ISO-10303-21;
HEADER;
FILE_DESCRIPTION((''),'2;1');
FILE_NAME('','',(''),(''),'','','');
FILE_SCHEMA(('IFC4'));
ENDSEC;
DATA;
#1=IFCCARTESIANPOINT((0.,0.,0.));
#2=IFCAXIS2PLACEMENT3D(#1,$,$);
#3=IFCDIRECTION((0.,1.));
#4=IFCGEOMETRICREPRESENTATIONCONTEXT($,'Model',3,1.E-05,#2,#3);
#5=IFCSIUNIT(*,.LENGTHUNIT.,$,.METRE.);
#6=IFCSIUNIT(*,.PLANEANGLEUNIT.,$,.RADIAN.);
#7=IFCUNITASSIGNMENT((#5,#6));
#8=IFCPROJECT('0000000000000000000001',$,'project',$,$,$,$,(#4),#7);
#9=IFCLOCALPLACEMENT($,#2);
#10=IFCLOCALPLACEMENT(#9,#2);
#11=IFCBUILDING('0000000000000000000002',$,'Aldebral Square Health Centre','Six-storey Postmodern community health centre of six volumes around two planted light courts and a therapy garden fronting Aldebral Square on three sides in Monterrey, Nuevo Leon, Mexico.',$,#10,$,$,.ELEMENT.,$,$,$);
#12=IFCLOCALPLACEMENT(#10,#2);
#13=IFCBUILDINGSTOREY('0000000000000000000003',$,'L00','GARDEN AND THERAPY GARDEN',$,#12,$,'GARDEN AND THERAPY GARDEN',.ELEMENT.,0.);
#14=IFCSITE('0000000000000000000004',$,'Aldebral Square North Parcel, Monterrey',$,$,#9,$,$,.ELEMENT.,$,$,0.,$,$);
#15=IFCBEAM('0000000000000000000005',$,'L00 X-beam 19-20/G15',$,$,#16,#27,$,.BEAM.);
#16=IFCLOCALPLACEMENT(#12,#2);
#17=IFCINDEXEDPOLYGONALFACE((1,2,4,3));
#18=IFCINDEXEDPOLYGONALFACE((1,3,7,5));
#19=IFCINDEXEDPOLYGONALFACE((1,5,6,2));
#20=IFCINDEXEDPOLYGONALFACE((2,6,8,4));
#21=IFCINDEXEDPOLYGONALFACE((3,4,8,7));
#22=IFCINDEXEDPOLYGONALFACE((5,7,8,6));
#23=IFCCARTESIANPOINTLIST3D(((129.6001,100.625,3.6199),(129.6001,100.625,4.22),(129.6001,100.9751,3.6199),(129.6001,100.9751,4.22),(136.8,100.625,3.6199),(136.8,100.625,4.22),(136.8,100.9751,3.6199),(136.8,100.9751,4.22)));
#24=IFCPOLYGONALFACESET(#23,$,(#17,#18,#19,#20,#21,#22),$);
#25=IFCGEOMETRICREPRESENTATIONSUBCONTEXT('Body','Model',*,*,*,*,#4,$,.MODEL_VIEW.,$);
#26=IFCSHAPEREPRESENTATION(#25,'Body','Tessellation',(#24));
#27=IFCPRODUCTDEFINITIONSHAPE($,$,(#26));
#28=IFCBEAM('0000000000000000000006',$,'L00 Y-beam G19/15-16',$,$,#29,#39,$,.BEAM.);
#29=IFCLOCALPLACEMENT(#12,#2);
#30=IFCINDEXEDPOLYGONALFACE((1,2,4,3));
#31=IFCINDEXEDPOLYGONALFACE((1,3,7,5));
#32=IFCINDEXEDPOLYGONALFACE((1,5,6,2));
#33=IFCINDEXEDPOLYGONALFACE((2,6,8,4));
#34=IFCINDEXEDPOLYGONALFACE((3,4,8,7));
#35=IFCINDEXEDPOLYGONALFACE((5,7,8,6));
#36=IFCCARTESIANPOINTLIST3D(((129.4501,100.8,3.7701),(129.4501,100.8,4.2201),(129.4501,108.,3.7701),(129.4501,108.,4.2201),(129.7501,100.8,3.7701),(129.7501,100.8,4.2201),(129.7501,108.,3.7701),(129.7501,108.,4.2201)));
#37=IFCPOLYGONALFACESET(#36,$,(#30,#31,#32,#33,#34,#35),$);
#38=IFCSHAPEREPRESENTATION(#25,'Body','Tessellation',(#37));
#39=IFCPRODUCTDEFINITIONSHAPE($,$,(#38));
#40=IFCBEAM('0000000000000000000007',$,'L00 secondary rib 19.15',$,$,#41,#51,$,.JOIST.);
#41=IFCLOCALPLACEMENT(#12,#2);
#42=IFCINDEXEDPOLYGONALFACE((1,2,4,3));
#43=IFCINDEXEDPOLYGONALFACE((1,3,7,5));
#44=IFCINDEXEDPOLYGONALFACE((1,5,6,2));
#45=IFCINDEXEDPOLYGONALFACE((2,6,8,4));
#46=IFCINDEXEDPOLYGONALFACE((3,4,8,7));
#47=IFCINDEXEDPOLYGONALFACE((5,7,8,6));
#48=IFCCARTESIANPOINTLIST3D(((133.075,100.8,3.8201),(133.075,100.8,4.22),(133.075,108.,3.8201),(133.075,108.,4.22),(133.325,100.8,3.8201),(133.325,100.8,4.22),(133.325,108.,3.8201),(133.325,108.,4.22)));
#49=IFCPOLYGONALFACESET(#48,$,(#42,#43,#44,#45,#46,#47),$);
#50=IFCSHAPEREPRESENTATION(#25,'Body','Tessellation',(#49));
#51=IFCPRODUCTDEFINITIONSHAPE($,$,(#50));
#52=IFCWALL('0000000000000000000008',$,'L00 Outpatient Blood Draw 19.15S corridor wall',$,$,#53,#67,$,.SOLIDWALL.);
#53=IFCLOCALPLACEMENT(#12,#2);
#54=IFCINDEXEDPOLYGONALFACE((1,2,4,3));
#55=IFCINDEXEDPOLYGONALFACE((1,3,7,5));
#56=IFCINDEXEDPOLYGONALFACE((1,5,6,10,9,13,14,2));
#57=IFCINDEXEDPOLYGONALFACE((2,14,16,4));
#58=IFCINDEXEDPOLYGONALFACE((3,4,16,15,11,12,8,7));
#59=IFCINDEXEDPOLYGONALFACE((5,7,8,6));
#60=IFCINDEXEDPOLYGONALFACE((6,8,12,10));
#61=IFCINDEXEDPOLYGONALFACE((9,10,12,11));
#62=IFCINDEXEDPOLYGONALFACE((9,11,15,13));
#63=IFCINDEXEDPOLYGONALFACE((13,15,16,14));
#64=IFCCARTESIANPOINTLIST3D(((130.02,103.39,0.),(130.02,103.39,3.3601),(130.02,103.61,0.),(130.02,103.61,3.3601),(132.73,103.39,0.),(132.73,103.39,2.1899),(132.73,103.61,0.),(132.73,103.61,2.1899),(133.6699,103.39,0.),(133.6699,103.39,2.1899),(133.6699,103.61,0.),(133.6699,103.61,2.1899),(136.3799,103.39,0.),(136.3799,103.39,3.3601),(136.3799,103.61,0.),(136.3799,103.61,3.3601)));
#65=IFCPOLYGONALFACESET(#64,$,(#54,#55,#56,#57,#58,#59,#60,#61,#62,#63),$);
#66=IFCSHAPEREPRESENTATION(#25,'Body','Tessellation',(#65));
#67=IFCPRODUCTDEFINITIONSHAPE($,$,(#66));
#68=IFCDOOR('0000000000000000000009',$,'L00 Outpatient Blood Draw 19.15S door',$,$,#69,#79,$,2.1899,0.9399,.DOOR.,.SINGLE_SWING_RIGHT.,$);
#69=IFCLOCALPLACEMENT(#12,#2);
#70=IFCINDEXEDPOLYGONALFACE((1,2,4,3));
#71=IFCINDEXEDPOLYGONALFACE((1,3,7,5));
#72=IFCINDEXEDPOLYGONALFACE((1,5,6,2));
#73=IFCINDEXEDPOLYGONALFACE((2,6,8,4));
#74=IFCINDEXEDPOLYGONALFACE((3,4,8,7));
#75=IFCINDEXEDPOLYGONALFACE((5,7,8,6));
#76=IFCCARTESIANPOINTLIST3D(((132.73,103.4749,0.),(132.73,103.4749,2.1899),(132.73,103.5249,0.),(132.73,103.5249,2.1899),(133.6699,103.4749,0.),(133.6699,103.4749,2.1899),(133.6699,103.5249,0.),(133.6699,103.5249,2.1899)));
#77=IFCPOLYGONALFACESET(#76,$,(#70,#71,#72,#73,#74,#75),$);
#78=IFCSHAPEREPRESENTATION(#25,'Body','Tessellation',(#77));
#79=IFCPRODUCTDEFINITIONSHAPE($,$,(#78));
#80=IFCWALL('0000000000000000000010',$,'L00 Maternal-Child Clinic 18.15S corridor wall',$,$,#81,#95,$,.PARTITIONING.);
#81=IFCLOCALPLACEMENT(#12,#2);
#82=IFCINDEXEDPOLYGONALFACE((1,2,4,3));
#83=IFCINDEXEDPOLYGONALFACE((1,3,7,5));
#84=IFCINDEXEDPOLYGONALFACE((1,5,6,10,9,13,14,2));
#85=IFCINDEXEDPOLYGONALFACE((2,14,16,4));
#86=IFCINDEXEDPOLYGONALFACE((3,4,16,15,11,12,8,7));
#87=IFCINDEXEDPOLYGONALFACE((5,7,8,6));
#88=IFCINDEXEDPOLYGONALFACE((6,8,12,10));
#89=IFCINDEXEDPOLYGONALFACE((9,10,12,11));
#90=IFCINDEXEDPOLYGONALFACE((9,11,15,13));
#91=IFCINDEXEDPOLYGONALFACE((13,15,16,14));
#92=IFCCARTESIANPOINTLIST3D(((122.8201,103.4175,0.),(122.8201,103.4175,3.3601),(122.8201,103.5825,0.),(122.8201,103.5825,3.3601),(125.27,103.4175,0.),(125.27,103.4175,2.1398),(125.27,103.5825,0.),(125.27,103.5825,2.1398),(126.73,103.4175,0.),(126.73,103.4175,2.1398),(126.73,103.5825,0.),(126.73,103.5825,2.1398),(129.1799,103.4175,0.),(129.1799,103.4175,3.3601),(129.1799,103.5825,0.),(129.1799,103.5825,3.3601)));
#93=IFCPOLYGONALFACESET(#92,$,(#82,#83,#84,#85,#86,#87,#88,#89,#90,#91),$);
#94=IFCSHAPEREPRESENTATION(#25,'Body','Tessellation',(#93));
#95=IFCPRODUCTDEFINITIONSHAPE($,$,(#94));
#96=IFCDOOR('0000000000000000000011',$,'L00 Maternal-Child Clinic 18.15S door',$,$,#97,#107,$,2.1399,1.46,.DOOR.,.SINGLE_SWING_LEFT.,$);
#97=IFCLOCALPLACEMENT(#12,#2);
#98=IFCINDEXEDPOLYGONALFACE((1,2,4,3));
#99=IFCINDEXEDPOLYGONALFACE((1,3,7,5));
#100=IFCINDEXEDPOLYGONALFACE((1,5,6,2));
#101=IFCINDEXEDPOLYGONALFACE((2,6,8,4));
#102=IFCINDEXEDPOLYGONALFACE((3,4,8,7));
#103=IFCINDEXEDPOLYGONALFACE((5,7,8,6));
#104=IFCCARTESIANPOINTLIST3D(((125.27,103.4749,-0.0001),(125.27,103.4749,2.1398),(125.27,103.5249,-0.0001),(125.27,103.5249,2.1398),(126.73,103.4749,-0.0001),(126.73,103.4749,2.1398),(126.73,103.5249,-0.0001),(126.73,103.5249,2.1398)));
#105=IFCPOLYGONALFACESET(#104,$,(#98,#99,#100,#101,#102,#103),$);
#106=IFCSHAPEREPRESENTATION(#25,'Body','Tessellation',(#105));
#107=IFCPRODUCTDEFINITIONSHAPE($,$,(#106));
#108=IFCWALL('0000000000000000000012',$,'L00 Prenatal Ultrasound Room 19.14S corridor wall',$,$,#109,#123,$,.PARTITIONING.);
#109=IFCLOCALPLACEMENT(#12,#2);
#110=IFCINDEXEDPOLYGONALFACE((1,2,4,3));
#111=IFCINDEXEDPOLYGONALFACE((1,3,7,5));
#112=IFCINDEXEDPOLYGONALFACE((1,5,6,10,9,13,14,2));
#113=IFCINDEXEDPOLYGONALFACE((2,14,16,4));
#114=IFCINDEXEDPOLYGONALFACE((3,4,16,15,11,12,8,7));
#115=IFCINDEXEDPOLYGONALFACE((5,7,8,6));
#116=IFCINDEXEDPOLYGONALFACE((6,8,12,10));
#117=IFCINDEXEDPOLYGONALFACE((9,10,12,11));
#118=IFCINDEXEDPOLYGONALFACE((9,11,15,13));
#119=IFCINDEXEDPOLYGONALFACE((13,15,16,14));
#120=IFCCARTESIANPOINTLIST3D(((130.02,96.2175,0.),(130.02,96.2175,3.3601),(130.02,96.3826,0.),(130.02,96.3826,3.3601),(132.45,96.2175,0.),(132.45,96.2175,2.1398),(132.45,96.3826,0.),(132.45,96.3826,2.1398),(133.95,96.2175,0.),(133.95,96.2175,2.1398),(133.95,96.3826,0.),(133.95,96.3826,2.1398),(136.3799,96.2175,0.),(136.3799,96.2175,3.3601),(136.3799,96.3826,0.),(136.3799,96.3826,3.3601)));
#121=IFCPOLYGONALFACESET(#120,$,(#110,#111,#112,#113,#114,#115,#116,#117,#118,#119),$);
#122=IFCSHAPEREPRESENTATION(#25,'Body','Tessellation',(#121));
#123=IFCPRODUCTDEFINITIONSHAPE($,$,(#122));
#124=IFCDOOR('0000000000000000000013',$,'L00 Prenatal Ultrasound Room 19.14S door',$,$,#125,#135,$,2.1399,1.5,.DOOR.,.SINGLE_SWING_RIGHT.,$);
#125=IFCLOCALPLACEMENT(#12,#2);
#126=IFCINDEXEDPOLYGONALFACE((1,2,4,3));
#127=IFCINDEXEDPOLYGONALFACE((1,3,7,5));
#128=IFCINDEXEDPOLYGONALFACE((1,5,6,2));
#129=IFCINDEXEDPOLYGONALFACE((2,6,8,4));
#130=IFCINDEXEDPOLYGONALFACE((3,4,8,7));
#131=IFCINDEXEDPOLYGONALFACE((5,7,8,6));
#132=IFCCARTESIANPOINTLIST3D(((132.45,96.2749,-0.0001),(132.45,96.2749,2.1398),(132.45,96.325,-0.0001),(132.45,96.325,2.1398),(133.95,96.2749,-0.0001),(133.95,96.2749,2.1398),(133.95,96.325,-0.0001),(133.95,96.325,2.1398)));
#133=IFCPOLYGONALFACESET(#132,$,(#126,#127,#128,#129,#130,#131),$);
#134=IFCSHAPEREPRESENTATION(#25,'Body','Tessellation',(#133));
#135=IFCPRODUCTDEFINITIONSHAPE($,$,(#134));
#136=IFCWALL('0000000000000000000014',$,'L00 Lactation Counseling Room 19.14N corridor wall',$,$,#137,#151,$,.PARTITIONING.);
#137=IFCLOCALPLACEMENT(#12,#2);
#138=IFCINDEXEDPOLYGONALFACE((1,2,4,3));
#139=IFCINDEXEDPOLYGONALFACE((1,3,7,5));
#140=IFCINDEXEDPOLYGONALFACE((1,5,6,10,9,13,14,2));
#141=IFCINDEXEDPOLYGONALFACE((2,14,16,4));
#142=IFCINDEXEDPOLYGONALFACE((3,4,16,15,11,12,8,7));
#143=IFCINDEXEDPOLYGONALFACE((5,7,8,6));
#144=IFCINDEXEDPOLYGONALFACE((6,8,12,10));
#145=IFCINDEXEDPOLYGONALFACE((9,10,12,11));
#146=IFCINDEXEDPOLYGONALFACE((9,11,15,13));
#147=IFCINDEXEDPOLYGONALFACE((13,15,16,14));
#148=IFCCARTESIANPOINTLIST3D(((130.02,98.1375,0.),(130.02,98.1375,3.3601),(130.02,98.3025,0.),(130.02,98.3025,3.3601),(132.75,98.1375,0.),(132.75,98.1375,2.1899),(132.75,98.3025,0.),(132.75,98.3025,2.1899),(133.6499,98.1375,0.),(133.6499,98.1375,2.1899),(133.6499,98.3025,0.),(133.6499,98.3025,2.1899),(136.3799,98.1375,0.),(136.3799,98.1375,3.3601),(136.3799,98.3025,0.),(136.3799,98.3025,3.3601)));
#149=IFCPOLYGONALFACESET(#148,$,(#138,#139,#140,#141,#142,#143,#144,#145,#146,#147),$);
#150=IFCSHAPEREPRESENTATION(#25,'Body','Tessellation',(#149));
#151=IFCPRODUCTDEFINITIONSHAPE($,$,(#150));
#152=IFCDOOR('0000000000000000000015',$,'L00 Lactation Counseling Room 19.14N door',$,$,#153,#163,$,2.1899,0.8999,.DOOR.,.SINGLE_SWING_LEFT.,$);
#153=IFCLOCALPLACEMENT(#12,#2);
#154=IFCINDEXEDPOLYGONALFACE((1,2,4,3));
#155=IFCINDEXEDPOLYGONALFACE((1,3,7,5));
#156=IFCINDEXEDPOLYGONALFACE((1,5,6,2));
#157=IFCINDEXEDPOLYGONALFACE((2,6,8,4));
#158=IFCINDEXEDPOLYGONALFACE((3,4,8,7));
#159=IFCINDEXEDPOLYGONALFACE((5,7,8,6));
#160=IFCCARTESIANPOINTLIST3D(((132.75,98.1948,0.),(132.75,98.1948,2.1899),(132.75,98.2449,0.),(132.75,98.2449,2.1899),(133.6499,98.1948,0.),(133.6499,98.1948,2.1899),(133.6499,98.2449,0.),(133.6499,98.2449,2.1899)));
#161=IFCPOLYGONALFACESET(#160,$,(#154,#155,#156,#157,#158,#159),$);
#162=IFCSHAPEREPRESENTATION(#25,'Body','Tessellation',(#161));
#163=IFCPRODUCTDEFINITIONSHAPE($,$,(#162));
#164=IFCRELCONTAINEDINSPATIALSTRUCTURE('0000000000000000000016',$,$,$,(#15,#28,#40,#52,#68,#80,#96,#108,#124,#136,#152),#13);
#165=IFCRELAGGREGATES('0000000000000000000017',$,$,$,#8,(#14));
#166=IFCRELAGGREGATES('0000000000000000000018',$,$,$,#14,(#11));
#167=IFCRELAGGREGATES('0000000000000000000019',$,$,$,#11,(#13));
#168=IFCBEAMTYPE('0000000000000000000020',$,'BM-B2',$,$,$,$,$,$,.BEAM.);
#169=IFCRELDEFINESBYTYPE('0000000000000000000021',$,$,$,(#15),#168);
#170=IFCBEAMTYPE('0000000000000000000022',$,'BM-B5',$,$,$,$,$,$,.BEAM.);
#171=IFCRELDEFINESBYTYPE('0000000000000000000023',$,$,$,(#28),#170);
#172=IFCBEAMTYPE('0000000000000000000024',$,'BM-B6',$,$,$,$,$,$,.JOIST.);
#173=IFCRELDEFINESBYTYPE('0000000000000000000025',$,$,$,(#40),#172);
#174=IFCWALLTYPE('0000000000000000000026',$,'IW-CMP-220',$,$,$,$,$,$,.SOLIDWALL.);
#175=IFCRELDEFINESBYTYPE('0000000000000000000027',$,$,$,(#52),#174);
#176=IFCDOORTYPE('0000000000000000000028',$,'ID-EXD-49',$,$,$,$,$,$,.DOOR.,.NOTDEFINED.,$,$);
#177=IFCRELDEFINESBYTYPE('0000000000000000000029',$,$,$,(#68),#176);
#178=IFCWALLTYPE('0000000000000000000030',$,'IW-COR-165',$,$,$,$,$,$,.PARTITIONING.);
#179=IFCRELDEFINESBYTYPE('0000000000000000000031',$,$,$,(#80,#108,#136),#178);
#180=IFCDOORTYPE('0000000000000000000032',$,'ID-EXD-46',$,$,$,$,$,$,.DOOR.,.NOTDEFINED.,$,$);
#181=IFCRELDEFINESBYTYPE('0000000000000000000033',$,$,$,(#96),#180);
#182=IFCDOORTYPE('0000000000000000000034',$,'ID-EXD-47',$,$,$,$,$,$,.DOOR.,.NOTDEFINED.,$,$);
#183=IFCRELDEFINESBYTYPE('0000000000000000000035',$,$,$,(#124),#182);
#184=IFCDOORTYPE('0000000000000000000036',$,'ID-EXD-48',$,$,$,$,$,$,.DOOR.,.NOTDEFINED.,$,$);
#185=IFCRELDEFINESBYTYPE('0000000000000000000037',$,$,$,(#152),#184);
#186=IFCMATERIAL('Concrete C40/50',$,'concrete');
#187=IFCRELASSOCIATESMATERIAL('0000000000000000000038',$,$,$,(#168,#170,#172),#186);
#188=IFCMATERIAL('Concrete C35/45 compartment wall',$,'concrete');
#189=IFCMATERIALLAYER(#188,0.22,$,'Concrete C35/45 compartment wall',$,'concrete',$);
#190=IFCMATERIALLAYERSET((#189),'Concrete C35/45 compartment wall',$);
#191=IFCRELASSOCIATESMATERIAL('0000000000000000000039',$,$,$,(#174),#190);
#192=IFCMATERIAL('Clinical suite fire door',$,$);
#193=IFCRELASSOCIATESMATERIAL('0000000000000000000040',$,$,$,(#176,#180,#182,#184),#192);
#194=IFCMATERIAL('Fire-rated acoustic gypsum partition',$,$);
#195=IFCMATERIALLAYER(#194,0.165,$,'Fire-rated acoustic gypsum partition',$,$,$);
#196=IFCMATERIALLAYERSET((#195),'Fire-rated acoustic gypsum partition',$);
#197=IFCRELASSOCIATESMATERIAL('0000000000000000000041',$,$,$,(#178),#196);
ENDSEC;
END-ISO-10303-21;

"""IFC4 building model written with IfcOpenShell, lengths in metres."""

from ifc_helpers import new_model, si_unit, direction, frame, frame_2d, origin, origin_2d, place, context, subcontext, project, spatial, rectangle, extrude, material, layer, layer_set, material_profile, profile_set, type_object, element, fill, save


model = new_model("IFC4")

# Units and contexts
model_context = context("Model", 3, precision=1e-05, world=origin(), true_north=direction((0.0, 1.0)))
body_context = subcontext(model_context, "Body", "Model", "MODEL_VIEW")
ifc_project = project(units=[si_unit("LENGTHUNIT", "METRE"), si_unit("PLANEANGLEUNIT", "RADIAN")], contexts=[model_context])

# Site, building, storey
site_placement = place(None, origin())
site = spatial("IfcSite", under=ifc_project, at=site_placement, Name="Aldebral Square North Parcel, Monterrey", CompositionType="ELEMENT", RefElevation=0.0)
building_placement = place(site_placement, origin())
building = spatial("IfcBuilding", under=site, at=building_placement, Name="Aldebral Square Health Centre", Description="Six-storey Postmodern community health centre of six volumes around two planted light courts and a therapy garden fronting Aldebral Square on three sides in Monterrey, Nuevo Leon, Mexico.", CompositionType="ELEMENT")
storey_placement = place(building_placement, origin())
storey = spatial("IfcBuildingStorey", under=building, at=storey_placement, Name="L00", Description="GARDEN AND THERAPY GARDEN", LongName="GARDEN AND THERAPY GARDEN", CompositionType="ELEMENT", Elevation=0.0)

# Shared definitions
ifc_material_1 = material(Name="Concrete C40/50", Category="concrete")

# Beams
ifc_material_profile_1 = material_profile(ifc_material_1, rectangle(XDim=0.3501, YDim=0.6001, at=origin_2d()), Name="RC 350x600")
ifc_profile_set_1 = profile_set([ifc_material_profile_1], Name="Concrete C40/50")
beam_type_1 = type_object("IfcBeamType", Name="BM-B2", PredefinedType="BEAM", material=ifc_profile_set_1)
beam_1_placement = place(storey_placement, frame((129.6001, 100.8, 3.9199), z_axis=(1.0, 0.0, 0.0), x_axis=(0.0, 1.0, 0.0)))
element("IfcBeam", 1, at=beam_1_placement, inside=storey, type_object=beam_type_1, Name="L00 X-beam 19-20/G15", PredefinedType="BEAM", context=body_context, shape_type="SweptSolid", body=[
    extrude(rectangle(XDim=0.3501, YDim=0.6001, at=origin_2d()), origin(), (0.0, 0.0, 1.0), 7.2),
])
ifc_material_profile_2 = material_profile(ifc_material_1, rectangle(XDim=0.3, YDim=0.45, at=origin_2d()), Name="RC 300x450")
ifc_profile_set_2 = profile_set([ifc_material_profile_2], Name="Concrete C40/50")
beam_type_2 = type_object("IfcBeamType", Name="BM-B5", PredefinedType="BEAM", material=ifc_profile_set_2)
beam_2_placement = place(storey_placement, frame((129.6001, 100.8, 3.9951), z_axis=(0.0, 1.0, 0.0), x_axis=(-1.0, 0.0, 0.0)))
element("IfcBeam", 2, at=beam_2_placement, inside=storey, type_object=beam_type_2, Name="L00 Y-beam G19/15-16", PredefinedType="BEAM", context=body_context, shape_type="SweptSolid", body=[
    extrude(rectangle(XDim=0.3, YDim=0.45, at=origin_2d()), origin(), (0.0, 0.0, 1.0), 7.2),
])
ifc_material_profile_3 = material_profile(ifc_material_1, rectangle(XDim=0.25, YDim=0.3999, at=origin_2d()), Name="RC 250x400")
ifc_profile_set_3 = profile_set([ifc_material_profile_3], Name="Concrete C40/50")
beam_type_3 = type_object("IfcBeamType", Name="BM-B6", PredefinedType="JOIST", material=ifc_profile_set_3)
beam_3_placement = place(storey_placement, frame((133.2, 100.8, 4.02), z_axis=(0.0, 1.0, 0.0), x_axis=(-1.0, 0.0, 0.0)))
element("IfcBeam", 3, at=beam_3_placement, inside=storey, type_object=beam_type_3, Name="L00 secondary rib 19.15", PredefinedType="JOIST", context=body_context, shape_type="SweptSolid", body=[
    extrude(rectangle(XDim=0.25, YDim=0.3999, at=origin_2d()), origin(), (0.0, 0.0, 1.0), 7.2),
])

# Walls, openings, doors
ifc_material_2 = material(Name="Concrete C35/45 compartment wall", Category="concrete")
ifc_layer_1 = layer(ifc_material_2, 0.22, Name="Concrete C35/45 compartment wall", Category="concrete")
ifc_layer_set_1 = layer_set([ifc_layer_1], Name="Concrete C35/45 compartment wall")
wall_type_1 = type_object("IfcWallType", Name="IW-CMP-220", PredefinedType="SOLIDWALL", material=ifc_layer_set_1)
wall_1_placement = place(storey_placement, frame((130.02, 103.5, 0.0), z_axis=(0.0, 0.0, 1.0), x_axis=(1.0, 0.0, 0.0)))
wall_1 = element("IfcWall", 4, at=wall_1_placement, inside=storey, type_object=wall_type_1, Name="L00 Outpatient Blood Draw 19.15S corridor wall", PredefinedType="SOLIDWALL", context=body_context, shape_type="SweptSolid", body=[
    extrude(rectangle(XDim=6.3599, YDim=0.22, at=frame_2d((3.1799, 0.0))), origin(), (0.0, 0.0, 1.0), 3.3601),
])
opening_1_placement = place(wall_1_placement, frame((2.71, 0.0, 0.0)))
opening_1 = element("IfcOpeningElement", 5, at=opening_1_placement, cuts=wall_1, PredefinedType="OPENING", context=body_context, shape_type="SweptSolid", body=[
    extrude(rectangle(XDim=0.9399, YDim=2.1899, at=frame_2d((0.47, 1.095))), frame((0.0, 0.1201, 0.0), z_axis=(0.0, -1.0, 0.0), x_axis=(1.0, 0.0, 0.0)), (0.0, 0.0, 1.0), 0.24),
])
ifc_material_3 = material(Name="Clinical suite fire door")
door_type_1 = type_object("IfcDoorType", Name="ID-EXD-49", OperationType="NOTDEFINED", PredefinedType="DOOR", material=ifc_material_3)
door_1_placement = place(opening_1_placement, origin())
door_1 = element("IfcDoor", 6, at=door_1_placement, inside=storey, type_object=door_type_1, Name="L00 Outpatient Blood Draw 19.15S door", OperationType="SINGLE_SWING_RIGHT", OverallHeight=2.1899, OverallWidth=0.9399, PredefinedType="DOOR", context=body_context, shape_type="SweptSolid", body=[
    extrude(rectangle(XDim=0.9399, YDim=2.1899, at=frame_2d((0.47, 1.095))), frame((0.0, 0.0249, 0.0), z_axis=(0.0, -1.0, 0.0), x_axis=(1.0, 0.0, 0.0)), (0.0, 0.0, 1.0), 0.05),
])
fill(opening_1, door_1)
ifc_material_4 = material(Name="Fire-rated acoustic gypsum partition")
ifc_layer_2 = layer(ifc_material_4, 0.165, Name="Fire-rated acoustic gypsum partition")
ifc_layer_set_2 = layer_set([ifc_layer_2], Name="Fire-rated acoustic gypsum partition")
wall_type_2 = type_object("IfcWallType", Name="IW-COR-165", PredefinedType="PARTITIONING", material=ifc_layer_set_2)
wall_2_placement = place(storey_placement, frame((122.8201, 103.5, 0.0), z_axis=(0.0, 0.0, 1.0), x_axis=(1.0, 0.0, 0.0)))
wall_2 = element("IfcWall", 7, at=wall_2_placement, inside=storey, type_object=wall_type_2, Name="L00 Maternal-Child Clinic 18.15S corridor wall", PredefinedType="PARTITIONING", context=body_context, shape_type="SweptSolid", body=[
    extrude(rectangle(XDim=6.3599, YDim=0.165, at=frame_2d((3.1799, 0.0))), origin(), (0.0, 0.0, 1.0), 3.3601),
])
opening_2_placement = place(wall_2_placement, frame((2.45, 0.0, 0.0)))
opening_2 = element("IfcOpeningElement", 8, at=opening_2_placement, cuts=wall_2, PredefinedType="OPENING", context=body_context, shape_type="SweptSolid", body=[
    extrude(rectangle(XDim=1.46, YDim=2.1399, at=frame_2d((0.73, 1.0698))), frame((0.0, 0.0925, 0.0), z_axis=(0.0, -1.0, 0.0), x_axis=(1.0, 0.0, 0.0)), (0.0, 0.0, 1.0), 0.1851),
])
door_type_2 = type_object("IfcDoorType", Name="ID-EXD-46", OperationType="NOTDEFINED", PredefinedType="DOOR", material=ifc_material_3)
door_2_placement = place(opening_2_placement, origin())
door_2 = element("IfcDoor", 9, at=door_2_placement, inside=storey, type_object=door_type_2, Name="L00 Maternal-Child Clinic 18.15S door", OperationType="SINGLE_SWING_LEFT", OverallHeight=2.1399, OverallWidth=1.46, PredefinedType="DOOR", context=body_context, shape_type="SweptSolid", body=[
    extrude(rectangle(XDim=1.46, YDim=2.1399, at=frame_2d((0.73, 1.0698))), frame((0.0, 0.0249, 0.0), z_axis=(0.0, -1.0, 0.0), x_axis=(1.0, 0.0, 0.0)), (0.0, 0.0, 1.0), 0.05),
])
fill(opening_2, door_2)
wall_3_placement = place(storey_placement, frame((130.02, 96.3, 0.0), z_axis=(0.0, 0.0, 1.0), x_axis=(1.0, 0.0, 0.0)))
wall_3 = element("IfcWall", 10, at=wall_3_placement, inside=storey, type_object=wall_type_2, Name="L00 Prenatal Ultrasound Room 19.14S corridor wall", PredefinedType="PARTITIONING", context=body_context, shape_type="SweptSolid", body=[
    extrude(rectangle(XDim=6.3599, YDim=0.165, at=frame_2d((3.1799, 0.0))), origin(), (0.0, 0.0, 1.0), 3.3601),
])
opening_3_placement = place(wall_3_placement, frame((2.4299, 0.0, 0.0)))
opening_3 = element("IfcOpeningElement", 11, at=opening_3_placement, cuts=wall_3, PredefinedType="OPENING", context=body_context, shape_type="SweptSolid", body=[
    extrude(rectangle(XDim=1.5, YDim=2.1399, at=frame_2d((0.75, 1.0698))), frame((0.0, 0.0925, 0.0), z_axis=(0.0, -1.0, 0.0), x_axis=(1.0, 0.0, 0.0)), (0.0, 0.0, 1.0), 0.1851),
])
door_type_3 = type_object("IfcDoorType", Name="ID-EXD-47", OperationType="NOTDEFINED", PredefinedType="DOOR", material=ifc_material_3)
door_3_placement = place(opening_3_placement, origin())
door_3 = element("IfcDoor", 12, at=door_3_placement, inside=storey, type_object=door_type_3, Name="L00 Prenatal Ultrasound Room 19.14S door", OperationType="SINGLE_SWING_RIGHT", OverallHeight=2.1399, OverallWidth=1.5, PredefinedType="DOOR", context=body_context, shape_type="SweptSolid", body=[
    extrude(rectangle(XDim=1.5, YDim=2.1399, at=frame_2d((0.75, 1.0698))), frame((0.0, 0.0249, 0.0), z_axis=(0.0, -1.0, 0.0), x_axis=(1.0, 0.0, 0.0)), (0.0, 0.0, 1.0), 0.05),
])
fill(opening_3, door_3)
wall_4_placement = place(storey_placement, frame((130.02, 98.22, 0.0), z_axis=(0.0, 0.0, 1.0), x_axis=(1.0, 0.0, 0.0)))
wall_4 = element("IfcWall", 13, at=wall_4_placement, inside=storey, type_object=wall_type_2, Name="L00 Lactation Counseling Room 19.14N corridor wall", PredefinedType="PARTITIONING", context=body_context, shape_type="SweptSolid", body=[
    extrude(rectangle(XDim=6.3599, YDim=0.165, at=frame_2d((3.1799, 0.0))), origin(), (0.0, 0.0, 1.0), 3.3601),
])
opening_4_placement = place(wall_4_placement, frame((2.73, 0.0, 0.0)))
opening_4 = element("IfcOpeningElement", 14, at=opening_4_placement, cuts=wall_4, PredefinedType="OPENING", context=body_context, shape_type="SweptSolid", body=[
    extrude(rectangle(XDim=0.8999, YDim=2.1899, at=frame_2d((0.45, 1.095))), frame((0.0, 0.0925, 0.0), z_axis=(0.0, -1.0, 0.0), x_axis=(1.0, 0.0, 0.0)), (0.0, 0.0, 1.0), 0.1851),
])
door_type_4 = type_object("IfcDoorType", Name="ID-EXD-48", OperationType="NOTDEFINED", PredefinedType="DOOR", material=ifc_material_3)
door_4_placement = place(opening_4_placement, origin())
door_4 = element("IfcDoor", 15, at=door_4_placement, inside=storey, type_object=door_type_4, Name="L00 Lactation Counseling Room 19.14N door", OperationType="SINGLE_SWING_LEFT", OverallHeight=2.1899, OverallWidth=0.8999, PredefinedType="DOOR", context=body_context, shape_type="SweptSolid", body=[
    extrude(rectangle(XDim=0.8999, YDim=2.1899, at=frame_2d((0.45, 1.095))), frame((0.0, 0.0249, 0.0), z_axis=(0.0, -1.0, 0.0), x_axis=(1.0, 0.0, 0.0)), (0.0, 0.0, 1.0), 0.05),
])
fill(opening_4, door_4)

save(model, "model.ifc")
